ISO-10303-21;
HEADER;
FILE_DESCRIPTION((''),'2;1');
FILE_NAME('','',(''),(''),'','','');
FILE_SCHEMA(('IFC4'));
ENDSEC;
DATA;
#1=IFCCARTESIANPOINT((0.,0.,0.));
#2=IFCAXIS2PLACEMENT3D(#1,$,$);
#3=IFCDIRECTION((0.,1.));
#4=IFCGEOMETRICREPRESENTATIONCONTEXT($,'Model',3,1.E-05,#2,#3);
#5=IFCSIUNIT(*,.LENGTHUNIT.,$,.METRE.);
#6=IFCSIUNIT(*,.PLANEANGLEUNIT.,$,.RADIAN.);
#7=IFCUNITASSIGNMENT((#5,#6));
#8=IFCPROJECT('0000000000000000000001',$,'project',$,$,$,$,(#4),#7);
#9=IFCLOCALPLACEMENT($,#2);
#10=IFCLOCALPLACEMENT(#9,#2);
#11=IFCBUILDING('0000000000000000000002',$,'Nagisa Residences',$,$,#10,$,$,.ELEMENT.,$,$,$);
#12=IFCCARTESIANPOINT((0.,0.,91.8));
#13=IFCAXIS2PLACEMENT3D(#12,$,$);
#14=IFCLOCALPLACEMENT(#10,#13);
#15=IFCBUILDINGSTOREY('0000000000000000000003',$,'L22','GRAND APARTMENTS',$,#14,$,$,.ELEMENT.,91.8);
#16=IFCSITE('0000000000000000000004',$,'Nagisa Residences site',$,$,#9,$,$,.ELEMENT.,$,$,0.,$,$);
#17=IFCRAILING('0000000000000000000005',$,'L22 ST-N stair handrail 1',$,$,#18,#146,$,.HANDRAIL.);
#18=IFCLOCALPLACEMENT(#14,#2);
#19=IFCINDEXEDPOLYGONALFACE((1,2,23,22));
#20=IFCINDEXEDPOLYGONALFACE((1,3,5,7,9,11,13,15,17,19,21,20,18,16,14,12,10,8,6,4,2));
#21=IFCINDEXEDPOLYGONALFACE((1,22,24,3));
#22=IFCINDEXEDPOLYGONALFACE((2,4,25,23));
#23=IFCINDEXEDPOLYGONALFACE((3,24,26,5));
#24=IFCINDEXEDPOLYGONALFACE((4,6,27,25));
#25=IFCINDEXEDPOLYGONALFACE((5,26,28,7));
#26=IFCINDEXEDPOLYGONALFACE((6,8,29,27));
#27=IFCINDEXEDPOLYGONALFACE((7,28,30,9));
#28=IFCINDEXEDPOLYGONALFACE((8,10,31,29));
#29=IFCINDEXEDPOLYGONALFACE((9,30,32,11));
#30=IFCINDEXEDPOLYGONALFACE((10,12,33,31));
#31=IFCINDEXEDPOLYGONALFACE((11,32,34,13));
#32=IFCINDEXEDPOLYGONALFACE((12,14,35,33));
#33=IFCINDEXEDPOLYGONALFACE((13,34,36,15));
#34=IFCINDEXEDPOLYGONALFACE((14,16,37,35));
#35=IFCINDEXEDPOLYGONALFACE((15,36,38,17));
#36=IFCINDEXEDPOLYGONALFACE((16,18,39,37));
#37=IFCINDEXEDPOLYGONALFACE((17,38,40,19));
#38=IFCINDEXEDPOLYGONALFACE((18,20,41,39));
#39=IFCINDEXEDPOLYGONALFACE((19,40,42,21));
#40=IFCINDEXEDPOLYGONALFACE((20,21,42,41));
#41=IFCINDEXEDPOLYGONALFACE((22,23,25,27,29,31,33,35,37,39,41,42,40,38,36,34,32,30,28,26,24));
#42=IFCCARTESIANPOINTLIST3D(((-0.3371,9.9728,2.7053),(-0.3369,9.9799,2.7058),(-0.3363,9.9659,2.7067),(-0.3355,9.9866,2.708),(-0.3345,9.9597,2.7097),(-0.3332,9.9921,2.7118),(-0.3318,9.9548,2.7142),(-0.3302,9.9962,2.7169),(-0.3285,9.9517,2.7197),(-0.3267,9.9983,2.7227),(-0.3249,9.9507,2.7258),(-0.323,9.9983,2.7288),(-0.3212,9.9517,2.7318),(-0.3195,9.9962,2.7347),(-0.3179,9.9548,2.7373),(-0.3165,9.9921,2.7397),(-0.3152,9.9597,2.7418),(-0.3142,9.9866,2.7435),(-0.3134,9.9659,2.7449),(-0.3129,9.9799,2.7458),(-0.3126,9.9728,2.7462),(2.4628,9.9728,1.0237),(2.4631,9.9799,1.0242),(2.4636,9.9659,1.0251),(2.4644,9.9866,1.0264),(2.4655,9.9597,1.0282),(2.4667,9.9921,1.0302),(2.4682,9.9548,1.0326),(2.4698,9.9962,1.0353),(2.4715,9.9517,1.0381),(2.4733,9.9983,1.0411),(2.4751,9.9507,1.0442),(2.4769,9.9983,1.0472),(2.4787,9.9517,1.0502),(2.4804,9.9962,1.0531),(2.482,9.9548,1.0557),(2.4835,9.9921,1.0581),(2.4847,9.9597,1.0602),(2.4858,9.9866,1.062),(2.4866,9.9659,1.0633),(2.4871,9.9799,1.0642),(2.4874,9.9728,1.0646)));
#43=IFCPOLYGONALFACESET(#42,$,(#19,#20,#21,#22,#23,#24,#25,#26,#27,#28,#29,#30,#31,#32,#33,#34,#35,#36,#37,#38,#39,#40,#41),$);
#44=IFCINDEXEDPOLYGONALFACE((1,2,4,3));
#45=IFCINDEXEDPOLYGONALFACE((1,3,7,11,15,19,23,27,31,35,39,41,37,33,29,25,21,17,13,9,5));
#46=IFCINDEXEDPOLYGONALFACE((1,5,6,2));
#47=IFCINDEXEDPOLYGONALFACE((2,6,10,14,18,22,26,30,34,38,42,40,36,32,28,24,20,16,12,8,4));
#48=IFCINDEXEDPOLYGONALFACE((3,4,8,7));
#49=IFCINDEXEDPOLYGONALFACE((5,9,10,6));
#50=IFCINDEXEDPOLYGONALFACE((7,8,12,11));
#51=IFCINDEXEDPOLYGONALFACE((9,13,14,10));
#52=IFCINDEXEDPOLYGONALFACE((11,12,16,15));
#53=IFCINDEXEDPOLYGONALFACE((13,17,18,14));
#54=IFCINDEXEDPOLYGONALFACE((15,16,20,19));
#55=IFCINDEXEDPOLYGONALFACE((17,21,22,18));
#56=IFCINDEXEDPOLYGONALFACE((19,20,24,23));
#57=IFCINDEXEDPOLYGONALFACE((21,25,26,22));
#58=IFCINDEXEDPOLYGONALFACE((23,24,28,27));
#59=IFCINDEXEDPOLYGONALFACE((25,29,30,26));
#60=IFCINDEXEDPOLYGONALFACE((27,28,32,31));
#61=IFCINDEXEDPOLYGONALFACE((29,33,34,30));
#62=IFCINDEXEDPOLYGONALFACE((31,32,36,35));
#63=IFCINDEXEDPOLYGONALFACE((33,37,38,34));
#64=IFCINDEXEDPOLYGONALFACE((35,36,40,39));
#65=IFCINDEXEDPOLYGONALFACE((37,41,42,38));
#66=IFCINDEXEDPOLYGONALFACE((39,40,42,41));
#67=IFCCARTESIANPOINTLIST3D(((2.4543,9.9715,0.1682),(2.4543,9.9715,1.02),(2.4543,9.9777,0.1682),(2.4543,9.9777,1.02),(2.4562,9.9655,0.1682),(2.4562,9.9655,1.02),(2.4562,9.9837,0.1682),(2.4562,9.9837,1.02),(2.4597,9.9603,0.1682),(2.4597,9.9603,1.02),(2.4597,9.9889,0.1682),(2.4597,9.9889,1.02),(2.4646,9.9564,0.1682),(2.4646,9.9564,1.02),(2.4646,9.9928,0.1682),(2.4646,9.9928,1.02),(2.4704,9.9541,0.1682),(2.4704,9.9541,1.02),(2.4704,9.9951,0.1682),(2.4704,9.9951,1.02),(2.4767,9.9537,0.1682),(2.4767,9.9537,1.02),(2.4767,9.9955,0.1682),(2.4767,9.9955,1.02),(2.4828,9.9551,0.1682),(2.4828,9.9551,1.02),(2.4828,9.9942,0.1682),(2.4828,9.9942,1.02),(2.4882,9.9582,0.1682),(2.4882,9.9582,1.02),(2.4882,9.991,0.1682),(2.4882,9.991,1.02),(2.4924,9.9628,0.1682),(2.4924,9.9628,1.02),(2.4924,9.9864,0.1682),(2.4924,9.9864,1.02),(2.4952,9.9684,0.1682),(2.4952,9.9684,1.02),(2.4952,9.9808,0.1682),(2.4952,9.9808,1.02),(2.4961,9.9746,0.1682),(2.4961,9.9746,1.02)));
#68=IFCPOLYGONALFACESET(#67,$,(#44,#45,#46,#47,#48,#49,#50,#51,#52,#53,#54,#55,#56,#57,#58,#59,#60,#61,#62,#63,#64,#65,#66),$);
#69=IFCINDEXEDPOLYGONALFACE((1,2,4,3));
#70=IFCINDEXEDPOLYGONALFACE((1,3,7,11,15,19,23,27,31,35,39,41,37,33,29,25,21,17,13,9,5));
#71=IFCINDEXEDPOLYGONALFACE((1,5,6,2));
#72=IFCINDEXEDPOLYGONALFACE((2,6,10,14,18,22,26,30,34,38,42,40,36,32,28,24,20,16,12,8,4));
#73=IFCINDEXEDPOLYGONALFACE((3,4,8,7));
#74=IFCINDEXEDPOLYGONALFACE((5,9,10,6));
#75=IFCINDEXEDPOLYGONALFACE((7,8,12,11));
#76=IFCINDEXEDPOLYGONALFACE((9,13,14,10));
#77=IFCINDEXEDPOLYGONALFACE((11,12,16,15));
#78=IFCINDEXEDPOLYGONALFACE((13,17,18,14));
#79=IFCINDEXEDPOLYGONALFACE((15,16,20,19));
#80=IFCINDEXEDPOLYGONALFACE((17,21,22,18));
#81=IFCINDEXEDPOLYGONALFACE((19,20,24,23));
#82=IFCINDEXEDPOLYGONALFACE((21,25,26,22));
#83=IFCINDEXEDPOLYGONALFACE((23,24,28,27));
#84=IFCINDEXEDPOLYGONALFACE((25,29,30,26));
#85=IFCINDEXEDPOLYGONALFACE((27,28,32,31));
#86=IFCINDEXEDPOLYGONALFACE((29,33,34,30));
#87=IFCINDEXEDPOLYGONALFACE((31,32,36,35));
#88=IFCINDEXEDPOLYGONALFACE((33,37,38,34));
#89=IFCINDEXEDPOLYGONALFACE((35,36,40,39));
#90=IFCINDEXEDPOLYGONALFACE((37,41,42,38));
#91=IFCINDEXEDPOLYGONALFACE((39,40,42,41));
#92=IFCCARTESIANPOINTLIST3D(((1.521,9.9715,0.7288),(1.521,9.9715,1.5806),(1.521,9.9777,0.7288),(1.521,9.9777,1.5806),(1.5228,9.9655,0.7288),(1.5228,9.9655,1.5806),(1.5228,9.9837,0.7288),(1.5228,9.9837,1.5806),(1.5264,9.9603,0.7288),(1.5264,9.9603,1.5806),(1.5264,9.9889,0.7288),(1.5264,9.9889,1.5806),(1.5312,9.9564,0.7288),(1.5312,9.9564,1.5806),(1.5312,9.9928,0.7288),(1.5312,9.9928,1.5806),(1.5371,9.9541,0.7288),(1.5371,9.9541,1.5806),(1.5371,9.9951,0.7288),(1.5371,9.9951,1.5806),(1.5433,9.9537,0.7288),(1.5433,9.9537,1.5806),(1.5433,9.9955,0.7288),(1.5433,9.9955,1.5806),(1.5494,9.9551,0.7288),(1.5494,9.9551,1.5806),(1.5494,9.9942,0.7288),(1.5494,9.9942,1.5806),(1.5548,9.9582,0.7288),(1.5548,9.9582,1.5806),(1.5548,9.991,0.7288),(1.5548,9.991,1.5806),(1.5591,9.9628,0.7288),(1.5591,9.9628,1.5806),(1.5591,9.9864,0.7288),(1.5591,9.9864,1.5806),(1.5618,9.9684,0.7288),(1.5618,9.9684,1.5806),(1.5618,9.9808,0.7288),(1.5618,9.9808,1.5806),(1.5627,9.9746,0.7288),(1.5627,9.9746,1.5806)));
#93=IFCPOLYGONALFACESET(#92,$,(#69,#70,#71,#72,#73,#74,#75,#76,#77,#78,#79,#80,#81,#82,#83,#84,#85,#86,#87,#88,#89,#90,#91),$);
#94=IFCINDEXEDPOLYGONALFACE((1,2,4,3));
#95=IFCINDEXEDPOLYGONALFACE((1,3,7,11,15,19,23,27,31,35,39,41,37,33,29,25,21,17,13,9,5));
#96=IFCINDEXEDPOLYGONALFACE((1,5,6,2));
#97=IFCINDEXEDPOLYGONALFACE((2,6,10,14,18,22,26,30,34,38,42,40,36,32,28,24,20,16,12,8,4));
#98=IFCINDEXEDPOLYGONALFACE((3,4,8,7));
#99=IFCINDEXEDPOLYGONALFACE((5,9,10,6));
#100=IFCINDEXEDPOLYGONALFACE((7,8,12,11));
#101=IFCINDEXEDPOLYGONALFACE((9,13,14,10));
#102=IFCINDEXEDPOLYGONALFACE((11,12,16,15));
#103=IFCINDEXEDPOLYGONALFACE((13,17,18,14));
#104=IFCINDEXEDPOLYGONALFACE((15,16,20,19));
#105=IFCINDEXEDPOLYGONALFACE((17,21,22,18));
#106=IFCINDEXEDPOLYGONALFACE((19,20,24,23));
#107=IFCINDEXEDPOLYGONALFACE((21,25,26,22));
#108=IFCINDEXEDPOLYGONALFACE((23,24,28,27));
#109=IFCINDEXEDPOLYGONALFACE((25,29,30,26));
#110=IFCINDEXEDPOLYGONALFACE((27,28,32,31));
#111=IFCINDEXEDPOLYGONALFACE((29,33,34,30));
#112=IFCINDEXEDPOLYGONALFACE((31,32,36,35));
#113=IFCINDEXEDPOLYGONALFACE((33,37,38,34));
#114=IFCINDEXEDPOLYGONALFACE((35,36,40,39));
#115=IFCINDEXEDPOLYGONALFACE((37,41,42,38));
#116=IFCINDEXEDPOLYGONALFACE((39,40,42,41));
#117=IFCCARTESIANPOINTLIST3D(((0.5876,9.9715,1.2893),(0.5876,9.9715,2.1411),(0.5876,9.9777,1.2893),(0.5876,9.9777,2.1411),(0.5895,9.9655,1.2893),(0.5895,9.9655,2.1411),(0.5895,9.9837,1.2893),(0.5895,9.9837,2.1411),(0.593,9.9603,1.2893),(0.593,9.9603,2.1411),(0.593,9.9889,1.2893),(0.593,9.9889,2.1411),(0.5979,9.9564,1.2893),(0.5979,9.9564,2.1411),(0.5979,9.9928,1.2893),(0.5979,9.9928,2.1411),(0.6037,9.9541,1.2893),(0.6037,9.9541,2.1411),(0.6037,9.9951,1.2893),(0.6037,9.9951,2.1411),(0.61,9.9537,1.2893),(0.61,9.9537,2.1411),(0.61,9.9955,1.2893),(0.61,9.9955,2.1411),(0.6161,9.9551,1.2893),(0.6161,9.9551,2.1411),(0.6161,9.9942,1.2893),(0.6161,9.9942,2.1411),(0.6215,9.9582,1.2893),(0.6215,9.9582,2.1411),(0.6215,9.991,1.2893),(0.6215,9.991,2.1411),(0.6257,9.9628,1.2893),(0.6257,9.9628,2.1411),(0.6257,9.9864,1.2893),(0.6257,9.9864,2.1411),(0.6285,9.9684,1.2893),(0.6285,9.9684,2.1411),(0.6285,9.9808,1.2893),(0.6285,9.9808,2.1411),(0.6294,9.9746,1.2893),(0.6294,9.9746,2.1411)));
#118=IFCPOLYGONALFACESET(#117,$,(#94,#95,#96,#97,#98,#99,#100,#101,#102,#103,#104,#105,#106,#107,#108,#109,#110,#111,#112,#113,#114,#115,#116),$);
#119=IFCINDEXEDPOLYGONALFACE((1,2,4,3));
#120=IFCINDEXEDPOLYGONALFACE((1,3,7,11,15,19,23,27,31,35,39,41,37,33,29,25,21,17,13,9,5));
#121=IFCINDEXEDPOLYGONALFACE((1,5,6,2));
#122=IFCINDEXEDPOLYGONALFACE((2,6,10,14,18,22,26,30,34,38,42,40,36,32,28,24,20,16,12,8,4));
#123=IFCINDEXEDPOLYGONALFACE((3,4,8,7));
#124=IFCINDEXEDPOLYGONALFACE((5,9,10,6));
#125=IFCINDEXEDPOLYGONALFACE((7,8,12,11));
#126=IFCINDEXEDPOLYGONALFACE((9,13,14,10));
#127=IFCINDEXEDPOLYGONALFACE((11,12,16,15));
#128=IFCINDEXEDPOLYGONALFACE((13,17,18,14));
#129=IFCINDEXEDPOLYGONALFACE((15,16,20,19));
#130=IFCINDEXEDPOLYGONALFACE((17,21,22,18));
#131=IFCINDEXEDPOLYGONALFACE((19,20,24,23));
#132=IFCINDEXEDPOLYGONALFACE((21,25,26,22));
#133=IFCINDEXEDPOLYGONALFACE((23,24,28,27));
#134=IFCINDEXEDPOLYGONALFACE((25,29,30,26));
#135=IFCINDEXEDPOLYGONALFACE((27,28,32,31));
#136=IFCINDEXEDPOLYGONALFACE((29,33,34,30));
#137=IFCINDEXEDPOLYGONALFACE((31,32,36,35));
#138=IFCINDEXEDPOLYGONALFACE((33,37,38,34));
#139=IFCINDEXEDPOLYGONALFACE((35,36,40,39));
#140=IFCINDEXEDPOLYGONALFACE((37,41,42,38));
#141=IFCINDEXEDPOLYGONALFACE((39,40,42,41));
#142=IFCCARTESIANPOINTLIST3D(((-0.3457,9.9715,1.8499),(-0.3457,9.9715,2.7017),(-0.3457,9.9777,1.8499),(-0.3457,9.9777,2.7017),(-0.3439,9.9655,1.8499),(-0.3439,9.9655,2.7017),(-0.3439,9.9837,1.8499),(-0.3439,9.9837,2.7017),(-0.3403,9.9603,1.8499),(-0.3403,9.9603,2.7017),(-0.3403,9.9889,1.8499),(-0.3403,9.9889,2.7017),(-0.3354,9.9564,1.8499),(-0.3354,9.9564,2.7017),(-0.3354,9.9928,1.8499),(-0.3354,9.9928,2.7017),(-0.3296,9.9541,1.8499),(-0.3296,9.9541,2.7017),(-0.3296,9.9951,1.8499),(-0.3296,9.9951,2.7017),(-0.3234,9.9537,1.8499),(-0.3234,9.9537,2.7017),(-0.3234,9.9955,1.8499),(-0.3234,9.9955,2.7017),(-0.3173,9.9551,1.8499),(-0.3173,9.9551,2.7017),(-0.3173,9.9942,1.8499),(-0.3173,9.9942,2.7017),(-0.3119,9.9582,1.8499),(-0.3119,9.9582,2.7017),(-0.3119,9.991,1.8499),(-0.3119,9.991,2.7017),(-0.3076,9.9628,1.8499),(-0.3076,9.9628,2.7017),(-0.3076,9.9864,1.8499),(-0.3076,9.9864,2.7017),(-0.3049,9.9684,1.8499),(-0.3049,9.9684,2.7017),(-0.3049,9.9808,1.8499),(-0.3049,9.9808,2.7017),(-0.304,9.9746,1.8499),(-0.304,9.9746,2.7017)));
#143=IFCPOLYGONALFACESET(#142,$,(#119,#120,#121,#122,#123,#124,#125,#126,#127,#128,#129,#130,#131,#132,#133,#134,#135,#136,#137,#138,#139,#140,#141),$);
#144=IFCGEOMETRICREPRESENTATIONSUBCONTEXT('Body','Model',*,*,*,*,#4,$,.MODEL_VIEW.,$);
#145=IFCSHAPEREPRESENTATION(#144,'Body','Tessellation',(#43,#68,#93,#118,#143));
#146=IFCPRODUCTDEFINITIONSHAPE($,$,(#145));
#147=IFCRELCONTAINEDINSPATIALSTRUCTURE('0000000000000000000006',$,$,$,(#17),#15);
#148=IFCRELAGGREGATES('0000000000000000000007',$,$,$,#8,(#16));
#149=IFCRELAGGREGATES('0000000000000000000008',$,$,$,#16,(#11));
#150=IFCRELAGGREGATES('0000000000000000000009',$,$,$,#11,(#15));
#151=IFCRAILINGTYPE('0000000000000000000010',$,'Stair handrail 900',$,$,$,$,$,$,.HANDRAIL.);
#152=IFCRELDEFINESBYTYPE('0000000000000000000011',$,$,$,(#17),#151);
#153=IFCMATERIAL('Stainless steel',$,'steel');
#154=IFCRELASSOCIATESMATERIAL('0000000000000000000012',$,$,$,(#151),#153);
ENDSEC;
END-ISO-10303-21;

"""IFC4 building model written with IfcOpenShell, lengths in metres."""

from ifc_helpers import new_model, si_unit, direction, frame, origin, origin_2d, place, context, subcontext, project, spatial, circle, extrude, material, type_object, element, save


model = new_model("IFC4")

# Units and contexts
model_context = context("Model", 3, precision=1e-05, world=origin(), true_north=direction((0.0, 1.0)))
body_context = subcontext(model_context, "Body", "Model", "MODEL_VIEW")
ifc_project = project(units=[si_unit("LENGTHUNIT", "METRE"), si_unit("PLANEANGLEUNIT", "RADIAN")], contexts=[model_context])

# Site, building, storey
site_placement = place(None, origin())
site = spatial("IfcSite", under=ifc_project, at=site_placement, Name="Nagisa Residences site", CompositionType="ELEMENT", RefElevation=0.0)
building_placement = place(site_placement, origin())
building = spatial("IfcBuilding", under=site, at=building_placement, Name="Nagisa Residences", CompositionType="ELEMENT")
storey_placement = place(building_placement, frame((0.0, 0.0, 91.8)))
storey = spatial("IfcBuildingStorey", under=building, at=storey_placement, Name="L22", Description="GRAND APARTMENTS", CompositionType="ELEMENT", Elevation=91.8)

# Railing
ifc_material_1 = material(Name="Stainless steel", Category="steel")
railing_type_1 = type_object("IfcRailingType", Name="Stair handrail 900", PredefinedType="HANDRAIL", material=ifc_material_1)
railing_1_placement = place(storey_placement, frame((2.4751, 9.9746, 0.1682)))
element("IfcRailing", 1, at=railing_1_placement, inside=storey, type_object=railing_type_1, Name="L22 ST-N stair handrail 1", PredefinedType="HANDRAIL", context=body_context, shape_type="SweptSolid", body=[
    extrude(circle(Radius=0.0239, at=origin_2d()), frame((0.0, 0.0, 0.876), z_axis=(-0.857275, 0.0, 0.514858), x_axis=(0.0, -1.0, 0.0)), (0.0, 0.0, 1.0), 3.2661),
    extrude(circle(Radius=0.021, at=origin_2d()), origin(), (0.0, 0.0, 1.0), 0.8518),
    extrude(circle(Radius=0.021, at=origin_2d()), frame((-0.9333, 0.0, 0.5605)), (0.0, 0.0, 1.0), 0.8518),
    extrude(circle(Radius=0.021, at=origin_2d()), frame((-1.8667, 0.0, 1.1211)), (0.0, 0.0, 1.0), 0.8518),
    extrude(circle(Radius=0.021, at=origin_2d()), frame((-2.8, 0.0, 1.6816)), (0.0, 0.0, 1.0), 0.8518),
])

save(model, "model.ifc")
